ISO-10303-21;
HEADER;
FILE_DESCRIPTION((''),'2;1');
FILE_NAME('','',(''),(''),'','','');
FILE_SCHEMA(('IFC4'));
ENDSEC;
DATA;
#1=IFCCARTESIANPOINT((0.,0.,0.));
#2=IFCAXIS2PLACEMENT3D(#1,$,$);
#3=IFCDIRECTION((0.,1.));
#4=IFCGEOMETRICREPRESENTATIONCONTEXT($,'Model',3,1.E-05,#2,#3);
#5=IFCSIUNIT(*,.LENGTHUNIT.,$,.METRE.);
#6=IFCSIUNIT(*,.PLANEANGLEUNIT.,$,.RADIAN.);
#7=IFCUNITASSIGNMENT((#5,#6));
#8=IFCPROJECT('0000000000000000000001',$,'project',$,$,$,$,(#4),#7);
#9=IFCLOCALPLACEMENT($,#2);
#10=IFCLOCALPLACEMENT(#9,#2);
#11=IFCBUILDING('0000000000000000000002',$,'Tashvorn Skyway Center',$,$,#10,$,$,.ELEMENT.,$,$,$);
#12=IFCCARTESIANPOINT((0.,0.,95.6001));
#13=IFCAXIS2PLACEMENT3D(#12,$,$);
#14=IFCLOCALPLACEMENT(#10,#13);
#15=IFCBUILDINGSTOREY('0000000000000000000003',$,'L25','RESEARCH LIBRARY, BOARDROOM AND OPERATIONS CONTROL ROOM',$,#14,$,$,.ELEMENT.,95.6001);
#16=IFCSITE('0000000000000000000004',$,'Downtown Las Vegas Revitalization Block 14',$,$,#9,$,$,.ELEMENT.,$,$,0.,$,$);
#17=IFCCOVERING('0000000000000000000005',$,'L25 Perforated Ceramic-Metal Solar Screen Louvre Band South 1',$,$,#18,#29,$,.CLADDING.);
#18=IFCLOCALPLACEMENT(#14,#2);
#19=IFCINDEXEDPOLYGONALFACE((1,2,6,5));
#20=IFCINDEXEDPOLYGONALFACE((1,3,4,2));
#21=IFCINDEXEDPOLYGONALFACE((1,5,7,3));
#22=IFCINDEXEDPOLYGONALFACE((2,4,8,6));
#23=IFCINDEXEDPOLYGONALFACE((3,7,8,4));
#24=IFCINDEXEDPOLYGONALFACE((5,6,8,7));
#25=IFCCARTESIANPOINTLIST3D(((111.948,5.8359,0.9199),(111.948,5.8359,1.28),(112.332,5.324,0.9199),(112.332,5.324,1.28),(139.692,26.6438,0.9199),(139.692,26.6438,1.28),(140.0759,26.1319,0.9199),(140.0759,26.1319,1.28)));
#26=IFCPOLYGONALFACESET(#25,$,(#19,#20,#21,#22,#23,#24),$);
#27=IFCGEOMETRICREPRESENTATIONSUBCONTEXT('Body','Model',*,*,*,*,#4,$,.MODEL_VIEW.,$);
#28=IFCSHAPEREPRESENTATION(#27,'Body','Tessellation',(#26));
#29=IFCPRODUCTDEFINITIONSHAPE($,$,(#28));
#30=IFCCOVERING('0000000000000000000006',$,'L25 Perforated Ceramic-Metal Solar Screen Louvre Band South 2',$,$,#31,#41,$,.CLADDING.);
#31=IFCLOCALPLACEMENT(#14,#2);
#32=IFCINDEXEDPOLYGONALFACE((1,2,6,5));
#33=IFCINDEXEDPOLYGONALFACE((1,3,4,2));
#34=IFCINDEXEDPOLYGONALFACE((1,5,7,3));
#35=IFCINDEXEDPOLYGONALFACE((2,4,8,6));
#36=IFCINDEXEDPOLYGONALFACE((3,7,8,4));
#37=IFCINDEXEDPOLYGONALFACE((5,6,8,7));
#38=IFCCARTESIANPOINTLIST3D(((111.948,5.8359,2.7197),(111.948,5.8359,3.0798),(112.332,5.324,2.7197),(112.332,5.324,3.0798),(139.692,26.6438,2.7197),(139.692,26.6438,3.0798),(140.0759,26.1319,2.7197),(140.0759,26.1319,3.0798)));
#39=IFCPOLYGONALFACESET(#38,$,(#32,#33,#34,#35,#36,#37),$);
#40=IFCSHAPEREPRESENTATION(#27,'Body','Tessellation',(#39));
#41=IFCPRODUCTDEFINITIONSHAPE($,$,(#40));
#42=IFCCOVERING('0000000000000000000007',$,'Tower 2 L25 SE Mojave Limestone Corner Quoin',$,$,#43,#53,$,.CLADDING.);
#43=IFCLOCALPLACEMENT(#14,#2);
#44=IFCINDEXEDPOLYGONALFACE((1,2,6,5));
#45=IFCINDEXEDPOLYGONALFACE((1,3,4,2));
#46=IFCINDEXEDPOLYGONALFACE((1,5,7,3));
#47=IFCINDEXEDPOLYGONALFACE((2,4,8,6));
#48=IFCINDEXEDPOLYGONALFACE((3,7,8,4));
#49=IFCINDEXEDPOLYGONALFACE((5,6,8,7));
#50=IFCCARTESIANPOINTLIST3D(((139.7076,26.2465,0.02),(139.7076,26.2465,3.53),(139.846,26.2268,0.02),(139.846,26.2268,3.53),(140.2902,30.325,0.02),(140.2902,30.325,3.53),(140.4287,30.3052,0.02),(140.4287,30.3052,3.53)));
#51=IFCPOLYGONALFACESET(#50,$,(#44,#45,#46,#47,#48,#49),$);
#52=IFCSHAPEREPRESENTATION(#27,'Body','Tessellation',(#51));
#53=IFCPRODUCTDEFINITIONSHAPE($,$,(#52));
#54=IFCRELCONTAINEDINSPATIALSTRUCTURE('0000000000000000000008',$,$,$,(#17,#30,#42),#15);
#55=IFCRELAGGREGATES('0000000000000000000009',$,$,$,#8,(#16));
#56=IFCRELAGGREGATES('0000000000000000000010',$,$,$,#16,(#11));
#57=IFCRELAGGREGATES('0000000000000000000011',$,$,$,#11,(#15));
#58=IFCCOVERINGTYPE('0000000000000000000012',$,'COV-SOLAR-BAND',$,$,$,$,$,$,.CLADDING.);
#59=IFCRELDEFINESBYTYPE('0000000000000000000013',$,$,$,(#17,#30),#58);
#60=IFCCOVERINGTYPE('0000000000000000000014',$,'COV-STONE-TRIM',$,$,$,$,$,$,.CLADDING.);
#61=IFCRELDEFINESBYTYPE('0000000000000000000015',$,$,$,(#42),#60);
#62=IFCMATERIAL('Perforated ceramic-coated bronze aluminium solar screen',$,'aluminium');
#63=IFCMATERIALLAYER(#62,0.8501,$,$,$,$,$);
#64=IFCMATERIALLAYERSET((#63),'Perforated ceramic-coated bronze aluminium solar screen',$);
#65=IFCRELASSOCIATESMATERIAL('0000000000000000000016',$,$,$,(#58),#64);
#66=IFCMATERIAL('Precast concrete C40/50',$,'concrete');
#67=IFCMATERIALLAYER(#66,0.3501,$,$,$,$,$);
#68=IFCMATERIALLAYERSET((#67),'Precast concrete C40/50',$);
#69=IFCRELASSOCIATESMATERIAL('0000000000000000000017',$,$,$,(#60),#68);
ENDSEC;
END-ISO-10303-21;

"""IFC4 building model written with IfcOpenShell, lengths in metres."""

from ifc_helpers import new_model, si_unit, direction, frame, origin, origin_2d, place, context, subcontext, project, spatial, rectangle, extrude, material, layer, layer_set, type_object, element, save


model = new_model("IFC4")

# Units and contexts
model_context = context("Model", 3, precision=1e-05, world=origin(), true_north=direction((0.0, 1.0)))
body_context = subcontext(model_context, "Body", "Model", "MODEL_VIEW")
ifc_project = project(units=[si_unit("LENGTHUNIT", "METRE"), si_unit("PLANEANGLEUNIT", "RADIAN")], contexts=[model_context])

# Site, building, storey
site_placement = place(None, origin())
site = spatial("IfcSite", under=ifc_project, at=site_placement, Name="Downtown Las Vegas Revitalization Block 14", CompositionType="ELEMENT", RefElevation=0.0)
building_placement = place(site_placement, origin())
building = spatial("IfcBuilding", under=site, at=building_placement, Name="Tashvorn Skyway Center", CompositionType="ELEMENT")
storey_placement = place(building_placement, frame((0.0, 0.0, 95.6001)))
storey = spatial("IfcBuildingStorey", under=building, at=storey_placement, Name="L25", Description="RESEARCH LIBRARY, BOARDROOM AND OPERATIONS CONTROL ROOM", CompositionType="ELEMENT", Elevation=95.6001)

# Shared definitions
ifc_material_1 = material(Name="Precast concrete C40/50", Category="concrete")

# Coverings
ifc_material_2 = material(Name="Perforated ceramic-coated bronze aluminium solar screen", Category="aluminium")
ifc_layer_1 = layer(ifc_material_2, 0.8501)
ifc_layer_set_1 = layer_set([ifc_layer_1], Name="Perforated ceramic-coated bronze aluminium solar screen")
covering_type_1 = type_object("IfcCoveringType", Name="COV-SOLAR-BAND", PredefinedType="CLADDING", material=ifc_layer_set_1)
for number, where, z_axis, x_axis, name in (
    (1, (126.012, 15.9839, 0.9199), (0.0, 0.0, 1.0), (-0.8, -0.6, 0.0), "L25 Perforated Ceramic-Metal Solar Screen Louvre Band South 1"),
    (2, (126.012, 15.9839, 2.7197), (0.0, 0.0, 1.0), (-0.8, -0.6, 0.0), "L25 Perforated Ceramic-Metal Solar Screen Louvre Band South 2"),
):
    element("IfcCovering", number, at=place(storey_placement, frame(where, z_axis=z_axis, x_axis=x_axis)), inside=storey, type_object=covering_type_1, Name=name, PredefinedType="CLADDING", context=body_context, shape_type="SweptSolid", body=[
        extrude(rectangle(XDim=34.6799, YDim=0.6399, at=origin_2d()), origin(), (0.0, 0.0, 1.0), 0.3601),
    ])
ifc_layer_2 = layer(ifc_material_1, 0.3501)
ifc_layer_set_2 = layer_set([ifc_layer_2], Name="Precast concrete C40/50")
covering_type_2 = type_object("IfcCoveringType", Name="COV-STONE-TRIM", PredefinedType="CLADDING", material=ifc_layer_set_2)
covering_1_placement = place(storey_placement, frame((140.0681, 28.2759, 0.02), z_axis=(0.0, 0.0, 1.0), x_axis=(0.141421, 0.989949, 0.0)))
element("IfcCovering", 3, at=covering_1_placement, inside=storey, type_object=covering_type_2, Name="Tower 2 L25 SE Mojave Limestone Corner Quoin", PredefinedType="CLADDING", context=body_context, shape_type="SweptSolid", body=[
    extrude(rectangle(XDim=4.1199, YDim=0.1399, at=origin_2d()), origin(), (0.0, 0.0, 1.0), 3.51),
])

save(model, "model.ifc")
